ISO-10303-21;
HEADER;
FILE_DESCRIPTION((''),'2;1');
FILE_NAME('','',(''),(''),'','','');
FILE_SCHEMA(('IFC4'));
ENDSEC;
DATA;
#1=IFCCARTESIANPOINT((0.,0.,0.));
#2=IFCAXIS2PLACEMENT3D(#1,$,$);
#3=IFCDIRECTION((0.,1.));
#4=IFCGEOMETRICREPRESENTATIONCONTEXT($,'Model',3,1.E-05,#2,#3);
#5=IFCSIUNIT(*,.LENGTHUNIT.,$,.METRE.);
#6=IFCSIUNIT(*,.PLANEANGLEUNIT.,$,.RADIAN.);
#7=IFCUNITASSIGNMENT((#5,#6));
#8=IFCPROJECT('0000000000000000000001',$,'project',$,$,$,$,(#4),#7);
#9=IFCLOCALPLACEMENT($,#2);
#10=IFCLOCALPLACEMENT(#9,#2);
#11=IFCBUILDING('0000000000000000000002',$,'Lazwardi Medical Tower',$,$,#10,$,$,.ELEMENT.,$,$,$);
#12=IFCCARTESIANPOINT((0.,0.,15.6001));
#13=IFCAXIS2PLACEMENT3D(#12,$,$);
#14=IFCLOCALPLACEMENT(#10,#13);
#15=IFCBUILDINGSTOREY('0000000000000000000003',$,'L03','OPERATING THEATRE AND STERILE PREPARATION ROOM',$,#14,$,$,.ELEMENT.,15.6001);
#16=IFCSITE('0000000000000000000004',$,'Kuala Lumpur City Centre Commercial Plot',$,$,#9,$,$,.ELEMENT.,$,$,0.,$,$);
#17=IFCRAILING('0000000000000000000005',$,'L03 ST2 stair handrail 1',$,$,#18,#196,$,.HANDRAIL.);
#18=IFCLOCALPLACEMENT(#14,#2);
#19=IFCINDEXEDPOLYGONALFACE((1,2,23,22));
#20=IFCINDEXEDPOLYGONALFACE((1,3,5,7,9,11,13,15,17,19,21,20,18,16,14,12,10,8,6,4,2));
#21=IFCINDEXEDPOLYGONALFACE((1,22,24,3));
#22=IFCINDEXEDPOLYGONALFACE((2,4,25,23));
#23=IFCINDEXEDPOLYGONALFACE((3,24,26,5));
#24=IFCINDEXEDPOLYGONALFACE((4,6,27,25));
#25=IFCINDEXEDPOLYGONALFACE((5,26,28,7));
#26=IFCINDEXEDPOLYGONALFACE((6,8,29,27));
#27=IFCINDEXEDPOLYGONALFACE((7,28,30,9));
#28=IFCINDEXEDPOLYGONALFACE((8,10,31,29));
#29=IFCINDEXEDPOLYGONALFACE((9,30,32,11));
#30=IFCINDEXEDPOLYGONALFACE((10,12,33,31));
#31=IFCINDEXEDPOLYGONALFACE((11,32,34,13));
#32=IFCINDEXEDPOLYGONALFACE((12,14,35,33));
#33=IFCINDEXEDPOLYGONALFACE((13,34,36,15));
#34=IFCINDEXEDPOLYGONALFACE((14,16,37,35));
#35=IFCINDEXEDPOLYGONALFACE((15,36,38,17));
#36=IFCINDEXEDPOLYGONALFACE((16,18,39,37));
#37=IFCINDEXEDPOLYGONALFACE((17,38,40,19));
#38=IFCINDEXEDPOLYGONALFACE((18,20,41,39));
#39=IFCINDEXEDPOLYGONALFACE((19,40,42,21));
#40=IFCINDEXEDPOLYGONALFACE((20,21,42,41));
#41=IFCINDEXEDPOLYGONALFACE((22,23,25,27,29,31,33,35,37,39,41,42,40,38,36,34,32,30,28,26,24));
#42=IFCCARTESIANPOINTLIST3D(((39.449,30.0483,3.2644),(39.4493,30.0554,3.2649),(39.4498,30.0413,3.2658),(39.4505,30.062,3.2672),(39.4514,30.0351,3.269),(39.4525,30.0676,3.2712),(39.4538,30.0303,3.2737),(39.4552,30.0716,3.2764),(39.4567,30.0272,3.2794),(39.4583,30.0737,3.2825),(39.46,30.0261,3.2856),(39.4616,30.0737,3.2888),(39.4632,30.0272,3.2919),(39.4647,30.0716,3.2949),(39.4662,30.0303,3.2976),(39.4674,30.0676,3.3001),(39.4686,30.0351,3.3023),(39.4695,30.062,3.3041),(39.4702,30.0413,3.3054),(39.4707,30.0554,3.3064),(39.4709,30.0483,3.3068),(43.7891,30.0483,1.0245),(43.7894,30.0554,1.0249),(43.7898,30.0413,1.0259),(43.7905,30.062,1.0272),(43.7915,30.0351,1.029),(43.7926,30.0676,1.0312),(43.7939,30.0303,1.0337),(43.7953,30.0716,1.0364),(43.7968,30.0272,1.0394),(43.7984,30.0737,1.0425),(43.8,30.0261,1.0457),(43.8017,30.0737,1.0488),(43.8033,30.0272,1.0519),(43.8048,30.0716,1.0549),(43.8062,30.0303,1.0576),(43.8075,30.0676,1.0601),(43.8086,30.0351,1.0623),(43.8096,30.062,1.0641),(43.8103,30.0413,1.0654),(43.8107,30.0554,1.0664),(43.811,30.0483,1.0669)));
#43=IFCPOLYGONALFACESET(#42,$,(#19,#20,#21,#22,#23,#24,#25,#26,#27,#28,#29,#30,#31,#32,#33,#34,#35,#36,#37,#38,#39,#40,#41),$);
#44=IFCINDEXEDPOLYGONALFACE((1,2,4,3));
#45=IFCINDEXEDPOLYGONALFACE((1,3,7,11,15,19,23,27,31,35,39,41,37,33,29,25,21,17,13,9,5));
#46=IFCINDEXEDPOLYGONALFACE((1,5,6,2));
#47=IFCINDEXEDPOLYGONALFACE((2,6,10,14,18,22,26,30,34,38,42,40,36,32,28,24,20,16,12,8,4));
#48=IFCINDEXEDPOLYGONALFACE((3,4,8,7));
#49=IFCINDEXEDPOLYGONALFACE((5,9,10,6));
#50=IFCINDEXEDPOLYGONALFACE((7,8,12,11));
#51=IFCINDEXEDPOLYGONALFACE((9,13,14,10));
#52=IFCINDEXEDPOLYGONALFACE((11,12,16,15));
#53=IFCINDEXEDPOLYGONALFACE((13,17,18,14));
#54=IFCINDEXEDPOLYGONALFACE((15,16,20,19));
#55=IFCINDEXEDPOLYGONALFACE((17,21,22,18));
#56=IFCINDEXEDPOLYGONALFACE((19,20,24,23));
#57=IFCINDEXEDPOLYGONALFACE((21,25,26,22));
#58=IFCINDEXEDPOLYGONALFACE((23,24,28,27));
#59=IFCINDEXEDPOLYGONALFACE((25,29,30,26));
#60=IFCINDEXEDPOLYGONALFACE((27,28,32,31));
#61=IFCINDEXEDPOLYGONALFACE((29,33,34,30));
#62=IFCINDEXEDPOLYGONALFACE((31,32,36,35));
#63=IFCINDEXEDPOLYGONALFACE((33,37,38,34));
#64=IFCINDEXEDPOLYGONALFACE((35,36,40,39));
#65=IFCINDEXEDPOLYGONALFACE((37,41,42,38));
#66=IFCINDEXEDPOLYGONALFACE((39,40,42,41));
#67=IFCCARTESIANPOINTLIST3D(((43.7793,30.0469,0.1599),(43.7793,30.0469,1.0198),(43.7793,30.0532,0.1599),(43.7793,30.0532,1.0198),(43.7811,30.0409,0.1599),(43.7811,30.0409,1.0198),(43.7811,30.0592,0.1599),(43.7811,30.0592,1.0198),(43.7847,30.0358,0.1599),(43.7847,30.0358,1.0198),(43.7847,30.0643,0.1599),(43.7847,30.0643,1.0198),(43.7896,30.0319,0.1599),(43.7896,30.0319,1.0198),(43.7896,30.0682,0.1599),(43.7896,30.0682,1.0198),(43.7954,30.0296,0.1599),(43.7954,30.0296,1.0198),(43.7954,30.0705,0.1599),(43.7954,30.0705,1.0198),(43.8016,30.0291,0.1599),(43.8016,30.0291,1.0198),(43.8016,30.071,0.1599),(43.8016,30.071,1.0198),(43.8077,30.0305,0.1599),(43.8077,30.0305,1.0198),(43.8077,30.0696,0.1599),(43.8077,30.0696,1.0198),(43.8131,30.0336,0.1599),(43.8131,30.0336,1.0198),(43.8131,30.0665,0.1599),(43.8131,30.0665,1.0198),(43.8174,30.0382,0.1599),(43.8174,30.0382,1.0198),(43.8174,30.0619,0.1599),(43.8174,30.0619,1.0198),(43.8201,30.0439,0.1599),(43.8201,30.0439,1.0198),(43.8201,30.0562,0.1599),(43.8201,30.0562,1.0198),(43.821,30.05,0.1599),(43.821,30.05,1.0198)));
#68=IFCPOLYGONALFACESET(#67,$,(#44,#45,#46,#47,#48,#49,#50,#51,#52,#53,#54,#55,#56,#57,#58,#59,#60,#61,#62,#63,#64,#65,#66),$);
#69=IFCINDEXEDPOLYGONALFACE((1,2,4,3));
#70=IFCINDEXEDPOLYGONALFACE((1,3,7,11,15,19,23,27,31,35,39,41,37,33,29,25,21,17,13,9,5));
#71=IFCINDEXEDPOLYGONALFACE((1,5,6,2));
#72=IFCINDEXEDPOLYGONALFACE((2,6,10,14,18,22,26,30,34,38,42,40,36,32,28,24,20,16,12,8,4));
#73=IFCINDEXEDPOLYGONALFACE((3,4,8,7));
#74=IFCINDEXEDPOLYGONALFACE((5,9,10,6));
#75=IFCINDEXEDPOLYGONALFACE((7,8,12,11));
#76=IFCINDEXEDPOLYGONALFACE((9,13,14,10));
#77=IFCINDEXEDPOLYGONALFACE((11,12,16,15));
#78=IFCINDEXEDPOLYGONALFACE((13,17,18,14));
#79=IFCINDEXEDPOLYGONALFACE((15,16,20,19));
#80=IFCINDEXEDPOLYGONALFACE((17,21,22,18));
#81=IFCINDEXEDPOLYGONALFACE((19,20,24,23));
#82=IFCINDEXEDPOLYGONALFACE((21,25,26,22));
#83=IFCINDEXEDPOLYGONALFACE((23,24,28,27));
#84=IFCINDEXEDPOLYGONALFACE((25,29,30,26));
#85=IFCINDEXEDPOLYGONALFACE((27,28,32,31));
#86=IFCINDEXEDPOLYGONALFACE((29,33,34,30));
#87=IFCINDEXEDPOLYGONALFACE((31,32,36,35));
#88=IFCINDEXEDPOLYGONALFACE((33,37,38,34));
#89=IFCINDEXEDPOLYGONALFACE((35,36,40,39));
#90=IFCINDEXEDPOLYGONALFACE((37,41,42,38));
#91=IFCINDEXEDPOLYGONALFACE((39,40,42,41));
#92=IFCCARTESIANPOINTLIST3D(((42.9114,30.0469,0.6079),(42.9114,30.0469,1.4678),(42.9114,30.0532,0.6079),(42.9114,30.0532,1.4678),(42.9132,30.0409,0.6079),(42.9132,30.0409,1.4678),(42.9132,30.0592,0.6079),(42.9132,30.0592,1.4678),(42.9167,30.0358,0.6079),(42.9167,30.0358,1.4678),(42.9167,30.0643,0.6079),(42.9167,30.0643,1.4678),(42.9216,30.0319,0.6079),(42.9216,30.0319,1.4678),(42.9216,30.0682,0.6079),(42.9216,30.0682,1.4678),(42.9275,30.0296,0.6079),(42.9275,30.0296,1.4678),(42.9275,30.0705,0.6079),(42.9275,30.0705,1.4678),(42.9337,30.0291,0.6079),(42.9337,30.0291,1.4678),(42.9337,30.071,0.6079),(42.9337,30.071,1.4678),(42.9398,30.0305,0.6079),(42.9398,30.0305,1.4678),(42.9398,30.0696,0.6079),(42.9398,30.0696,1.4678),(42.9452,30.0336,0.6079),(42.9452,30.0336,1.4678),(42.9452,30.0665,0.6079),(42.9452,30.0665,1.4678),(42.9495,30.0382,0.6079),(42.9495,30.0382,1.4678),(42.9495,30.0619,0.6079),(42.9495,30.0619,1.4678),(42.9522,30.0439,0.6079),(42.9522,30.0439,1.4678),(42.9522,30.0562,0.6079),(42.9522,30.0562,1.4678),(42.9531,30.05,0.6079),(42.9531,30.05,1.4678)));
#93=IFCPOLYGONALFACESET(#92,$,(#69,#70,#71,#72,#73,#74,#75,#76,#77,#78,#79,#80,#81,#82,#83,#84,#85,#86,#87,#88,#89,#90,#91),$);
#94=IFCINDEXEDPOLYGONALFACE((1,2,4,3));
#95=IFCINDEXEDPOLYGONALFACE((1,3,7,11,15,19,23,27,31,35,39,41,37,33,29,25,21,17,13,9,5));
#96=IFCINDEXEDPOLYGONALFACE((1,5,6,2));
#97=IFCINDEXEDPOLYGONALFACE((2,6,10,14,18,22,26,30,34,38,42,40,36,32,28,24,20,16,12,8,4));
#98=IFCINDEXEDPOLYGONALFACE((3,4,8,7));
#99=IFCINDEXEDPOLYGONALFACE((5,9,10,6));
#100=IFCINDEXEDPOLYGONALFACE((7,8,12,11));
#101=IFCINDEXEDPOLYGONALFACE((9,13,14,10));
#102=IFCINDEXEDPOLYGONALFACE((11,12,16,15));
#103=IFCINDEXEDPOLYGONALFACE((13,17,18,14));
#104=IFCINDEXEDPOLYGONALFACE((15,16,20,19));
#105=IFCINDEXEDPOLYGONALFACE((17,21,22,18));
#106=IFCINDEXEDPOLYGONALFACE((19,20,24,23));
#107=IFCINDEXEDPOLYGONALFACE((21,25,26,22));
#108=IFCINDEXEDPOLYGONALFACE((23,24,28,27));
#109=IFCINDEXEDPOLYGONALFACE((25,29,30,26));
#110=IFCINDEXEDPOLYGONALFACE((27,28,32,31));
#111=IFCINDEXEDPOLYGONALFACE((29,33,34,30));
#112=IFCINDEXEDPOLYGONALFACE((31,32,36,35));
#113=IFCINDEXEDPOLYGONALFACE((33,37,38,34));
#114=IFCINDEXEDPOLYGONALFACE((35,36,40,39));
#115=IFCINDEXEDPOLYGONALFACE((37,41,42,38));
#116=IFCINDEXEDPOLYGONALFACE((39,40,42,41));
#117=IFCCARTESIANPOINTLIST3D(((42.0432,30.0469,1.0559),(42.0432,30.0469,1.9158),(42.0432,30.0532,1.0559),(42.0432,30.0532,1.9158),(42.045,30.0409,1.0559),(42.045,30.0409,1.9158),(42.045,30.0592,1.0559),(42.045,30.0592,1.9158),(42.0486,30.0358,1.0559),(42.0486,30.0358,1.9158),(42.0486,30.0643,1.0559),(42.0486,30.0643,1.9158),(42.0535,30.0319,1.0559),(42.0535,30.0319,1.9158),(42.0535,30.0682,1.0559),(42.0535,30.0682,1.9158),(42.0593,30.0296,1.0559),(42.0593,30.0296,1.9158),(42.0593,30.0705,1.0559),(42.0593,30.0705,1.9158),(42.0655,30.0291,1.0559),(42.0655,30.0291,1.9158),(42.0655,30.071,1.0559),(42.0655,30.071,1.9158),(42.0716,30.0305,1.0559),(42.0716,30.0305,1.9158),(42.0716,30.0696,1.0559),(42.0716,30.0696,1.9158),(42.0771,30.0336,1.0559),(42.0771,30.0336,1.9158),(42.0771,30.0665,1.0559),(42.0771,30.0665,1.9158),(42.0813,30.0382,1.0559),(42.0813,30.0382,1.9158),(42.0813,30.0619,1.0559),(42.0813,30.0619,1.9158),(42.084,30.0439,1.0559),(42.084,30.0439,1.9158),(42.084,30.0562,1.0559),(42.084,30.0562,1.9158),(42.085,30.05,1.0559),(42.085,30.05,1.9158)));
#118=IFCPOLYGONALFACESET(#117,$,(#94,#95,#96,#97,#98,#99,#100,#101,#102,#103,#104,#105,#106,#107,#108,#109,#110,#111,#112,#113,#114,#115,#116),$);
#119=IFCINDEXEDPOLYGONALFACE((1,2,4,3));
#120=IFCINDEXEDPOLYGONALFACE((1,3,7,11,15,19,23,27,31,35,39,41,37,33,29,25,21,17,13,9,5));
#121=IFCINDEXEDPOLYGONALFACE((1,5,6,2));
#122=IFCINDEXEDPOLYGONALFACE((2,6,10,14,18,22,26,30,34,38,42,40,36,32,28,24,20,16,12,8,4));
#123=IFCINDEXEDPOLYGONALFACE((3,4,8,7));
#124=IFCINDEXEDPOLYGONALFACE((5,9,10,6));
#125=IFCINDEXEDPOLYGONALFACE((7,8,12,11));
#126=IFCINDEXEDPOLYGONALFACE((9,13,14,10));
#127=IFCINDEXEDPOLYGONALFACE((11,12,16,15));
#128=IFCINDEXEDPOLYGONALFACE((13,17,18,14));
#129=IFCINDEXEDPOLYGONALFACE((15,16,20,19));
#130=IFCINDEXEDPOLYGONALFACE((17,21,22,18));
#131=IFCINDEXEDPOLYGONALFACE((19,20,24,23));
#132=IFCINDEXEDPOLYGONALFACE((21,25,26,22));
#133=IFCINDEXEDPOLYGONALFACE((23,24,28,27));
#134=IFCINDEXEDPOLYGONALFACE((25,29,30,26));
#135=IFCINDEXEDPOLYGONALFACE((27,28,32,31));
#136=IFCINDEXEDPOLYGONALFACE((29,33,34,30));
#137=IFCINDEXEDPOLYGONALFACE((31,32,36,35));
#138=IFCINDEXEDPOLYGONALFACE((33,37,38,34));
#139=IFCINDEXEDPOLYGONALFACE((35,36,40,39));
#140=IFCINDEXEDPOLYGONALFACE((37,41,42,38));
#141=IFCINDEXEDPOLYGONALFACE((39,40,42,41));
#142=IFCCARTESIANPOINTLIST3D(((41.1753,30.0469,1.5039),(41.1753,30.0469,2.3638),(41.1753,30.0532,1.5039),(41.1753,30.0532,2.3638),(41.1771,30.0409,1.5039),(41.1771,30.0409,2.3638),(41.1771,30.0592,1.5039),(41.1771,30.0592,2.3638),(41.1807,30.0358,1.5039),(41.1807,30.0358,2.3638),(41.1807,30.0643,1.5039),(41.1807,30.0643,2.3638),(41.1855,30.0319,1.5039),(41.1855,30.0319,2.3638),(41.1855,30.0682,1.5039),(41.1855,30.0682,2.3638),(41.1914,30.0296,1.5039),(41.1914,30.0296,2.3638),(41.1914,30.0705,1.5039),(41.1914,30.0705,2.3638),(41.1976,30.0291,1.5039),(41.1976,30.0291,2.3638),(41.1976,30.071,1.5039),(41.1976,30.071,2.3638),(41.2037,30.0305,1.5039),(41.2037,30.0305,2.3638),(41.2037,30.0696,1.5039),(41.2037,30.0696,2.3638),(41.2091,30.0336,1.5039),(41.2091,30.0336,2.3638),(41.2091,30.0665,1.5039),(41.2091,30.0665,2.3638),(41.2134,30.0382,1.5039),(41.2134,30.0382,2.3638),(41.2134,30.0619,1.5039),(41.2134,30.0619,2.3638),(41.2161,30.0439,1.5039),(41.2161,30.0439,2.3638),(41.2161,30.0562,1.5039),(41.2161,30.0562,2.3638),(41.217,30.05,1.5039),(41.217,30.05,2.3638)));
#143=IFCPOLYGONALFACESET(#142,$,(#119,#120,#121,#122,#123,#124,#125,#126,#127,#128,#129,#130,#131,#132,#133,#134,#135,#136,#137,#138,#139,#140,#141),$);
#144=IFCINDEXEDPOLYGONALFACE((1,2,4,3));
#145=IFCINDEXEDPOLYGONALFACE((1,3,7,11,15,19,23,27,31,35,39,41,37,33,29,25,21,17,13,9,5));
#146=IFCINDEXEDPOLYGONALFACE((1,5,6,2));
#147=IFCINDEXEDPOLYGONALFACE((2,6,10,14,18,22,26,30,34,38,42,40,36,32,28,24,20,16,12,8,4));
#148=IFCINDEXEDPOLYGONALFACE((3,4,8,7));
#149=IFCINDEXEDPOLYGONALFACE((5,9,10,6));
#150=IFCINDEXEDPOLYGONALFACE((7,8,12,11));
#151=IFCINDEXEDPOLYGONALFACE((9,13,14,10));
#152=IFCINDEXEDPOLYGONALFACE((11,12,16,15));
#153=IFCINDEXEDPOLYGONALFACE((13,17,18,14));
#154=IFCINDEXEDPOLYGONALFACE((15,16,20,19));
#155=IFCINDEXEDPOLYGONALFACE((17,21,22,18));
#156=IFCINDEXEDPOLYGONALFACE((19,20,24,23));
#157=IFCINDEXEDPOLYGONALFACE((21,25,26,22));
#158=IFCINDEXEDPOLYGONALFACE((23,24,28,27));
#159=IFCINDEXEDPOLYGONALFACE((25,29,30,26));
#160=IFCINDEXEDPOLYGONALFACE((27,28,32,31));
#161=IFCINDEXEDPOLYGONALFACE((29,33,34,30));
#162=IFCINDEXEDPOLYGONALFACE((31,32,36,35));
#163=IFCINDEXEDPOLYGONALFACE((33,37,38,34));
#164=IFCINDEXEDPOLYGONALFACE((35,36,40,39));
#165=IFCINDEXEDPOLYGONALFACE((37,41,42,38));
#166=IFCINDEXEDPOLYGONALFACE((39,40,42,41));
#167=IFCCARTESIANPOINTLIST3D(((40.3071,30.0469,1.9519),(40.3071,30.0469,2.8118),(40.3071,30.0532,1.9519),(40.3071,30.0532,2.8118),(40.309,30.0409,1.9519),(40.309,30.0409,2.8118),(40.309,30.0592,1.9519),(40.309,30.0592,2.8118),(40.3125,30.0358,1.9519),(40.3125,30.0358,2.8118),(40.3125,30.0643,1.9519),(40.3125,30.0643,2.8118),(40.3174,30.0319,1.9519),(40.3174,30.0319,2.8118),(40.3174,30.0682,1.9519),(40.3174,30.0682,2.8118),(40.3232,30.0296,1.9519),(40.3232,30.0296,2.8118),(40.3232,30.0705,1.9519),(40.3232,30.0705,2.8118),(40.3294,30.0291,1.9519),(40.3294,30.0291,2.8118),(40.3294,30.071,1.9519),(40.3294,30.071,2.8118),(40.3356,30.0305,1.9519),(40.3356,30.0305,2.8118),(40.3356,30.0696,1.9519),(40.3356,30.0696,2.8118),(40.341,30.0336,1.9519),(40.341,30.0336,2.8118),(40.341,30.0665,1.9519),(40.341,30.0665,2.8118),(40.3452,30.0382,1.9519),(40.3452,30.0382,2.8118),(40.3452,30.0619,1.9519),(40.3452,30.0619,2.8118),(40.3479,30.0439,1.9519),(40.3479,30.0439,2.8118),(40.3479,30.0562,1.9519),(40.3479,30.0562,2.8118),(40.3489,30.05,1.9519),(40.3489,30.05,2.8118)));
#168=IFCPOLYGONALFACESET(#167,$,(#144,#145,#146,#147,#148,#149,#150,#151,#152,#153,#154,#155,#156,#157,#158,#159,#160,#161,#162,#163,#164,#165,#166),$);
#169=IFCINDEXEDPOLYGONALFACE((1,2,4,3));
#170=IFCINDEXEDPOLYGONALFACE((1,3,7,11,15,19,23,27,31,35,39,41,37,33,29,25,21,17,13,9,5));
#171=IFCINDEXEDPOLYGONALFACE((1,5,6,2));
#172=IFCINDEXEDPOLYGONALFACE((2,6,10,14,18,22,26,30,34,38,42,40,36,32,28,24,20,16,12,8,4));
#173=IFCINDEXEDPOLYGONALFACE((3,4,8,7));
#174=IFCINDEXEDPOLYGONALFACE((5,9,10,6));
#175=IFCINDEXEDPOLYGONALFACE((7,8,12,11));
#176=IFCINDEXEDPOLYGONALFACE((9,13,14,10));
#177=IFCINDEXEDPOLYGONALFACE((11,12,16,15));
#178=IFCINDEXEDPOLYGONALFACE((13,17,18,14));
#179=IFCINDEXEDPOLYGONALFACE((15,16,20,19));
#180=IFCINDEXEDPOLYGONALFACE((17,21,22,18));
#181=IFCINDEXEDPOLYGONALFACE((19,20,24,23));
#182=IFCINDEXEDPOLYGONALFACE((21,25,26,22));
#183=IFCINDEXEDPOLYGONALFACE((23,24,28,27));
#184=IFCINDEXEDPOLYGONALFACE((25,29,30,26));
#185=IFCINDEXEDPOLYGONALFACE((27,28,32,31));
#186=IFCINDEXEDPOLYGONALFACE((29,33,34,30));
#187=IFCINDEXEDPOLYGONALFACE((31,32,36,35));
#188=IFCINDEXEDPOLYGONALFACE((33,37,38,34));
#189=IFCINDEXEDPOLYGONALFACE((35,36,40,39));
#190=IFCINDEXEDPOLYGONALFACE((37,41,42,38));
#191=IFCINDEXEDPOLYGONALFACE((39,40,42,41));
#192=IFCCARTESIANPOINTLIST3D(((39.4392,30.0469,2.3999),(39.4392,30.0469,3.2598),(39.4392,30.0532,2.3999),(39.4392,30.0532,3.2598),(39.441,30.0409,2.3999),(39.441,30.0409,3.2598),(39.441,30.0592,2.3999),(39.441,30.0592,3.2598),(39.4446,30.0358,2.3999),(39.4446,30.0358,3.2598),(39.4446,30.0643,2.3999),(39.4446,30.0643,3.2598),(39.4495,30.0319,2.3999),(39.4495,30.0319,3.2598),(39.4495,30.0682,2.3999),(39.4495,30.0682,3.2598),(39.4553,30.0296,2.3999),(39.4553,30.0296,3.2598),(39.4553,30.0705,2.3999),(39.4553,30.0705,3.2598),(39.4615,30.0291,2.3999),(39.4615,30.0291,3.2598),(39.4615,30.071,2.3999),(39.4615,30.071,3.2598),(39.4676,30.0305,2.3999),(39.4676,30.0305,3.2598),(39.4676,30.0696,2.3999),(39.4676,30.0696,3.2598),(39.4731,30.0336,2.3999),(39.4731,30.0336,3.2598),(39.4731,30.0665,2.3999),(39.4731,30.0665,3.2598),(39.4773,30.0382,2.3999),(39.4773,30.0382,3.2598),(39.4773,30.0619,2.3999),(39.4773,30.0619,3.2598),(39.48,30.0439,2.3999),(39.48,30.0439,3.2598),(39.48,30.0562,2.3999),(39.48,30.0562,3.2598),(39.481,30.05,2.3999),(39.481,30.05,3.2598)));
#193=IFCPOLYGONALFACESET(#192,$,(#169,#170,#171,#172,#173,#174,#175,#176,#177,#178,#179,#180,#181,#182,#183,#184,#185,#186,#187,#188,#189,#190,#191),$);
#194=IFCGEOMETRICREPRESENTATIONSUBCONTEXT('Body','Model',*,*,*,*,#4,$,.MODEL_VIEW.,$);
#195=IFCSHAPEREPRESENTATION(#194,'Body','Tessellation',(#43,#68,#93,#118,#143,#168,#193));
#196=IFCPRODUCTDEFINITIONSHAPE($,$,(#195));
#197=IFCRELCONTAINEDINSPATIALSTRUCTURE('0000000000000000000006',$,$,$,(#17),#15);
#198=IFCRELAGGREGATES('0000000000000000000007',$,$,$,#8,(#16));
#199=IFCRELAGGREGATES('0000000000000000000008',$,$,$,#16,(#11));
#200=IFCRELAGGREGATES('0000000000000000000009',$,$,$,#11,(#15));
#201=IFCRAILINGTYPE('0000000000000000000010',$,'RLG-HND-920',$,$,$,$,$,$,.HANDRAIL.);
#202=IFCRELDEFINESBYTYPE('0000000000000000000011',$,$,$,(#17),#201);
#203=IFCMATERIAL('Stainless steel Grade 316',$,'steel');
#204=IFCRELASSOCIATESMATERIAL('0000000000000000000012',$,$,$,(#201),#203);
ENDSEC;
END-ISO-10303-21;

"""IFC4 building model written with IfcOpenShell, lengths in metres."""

from ifc_helpers import new_model, si_unit, direction, frame, origin, origin_2d, place, context, subcontext, project, spatial, circle, extrude, material, type_object, element, save


model = new_model("IFC4")

# Units and contexts
model_context = context("Model", 3, precision=1e-05, world=origin(), true_north=direction((0.0, 1.0)))
body_context = subcontext(model_context, "Body", "Model", "MODEL_VIEW")
ifc_project = project(units=[si_unit("LENGTHUNIT", "METRE"), si_unit("PLANEANGLEUNIT", "RADIAN")], contexts=[model_context])

# Site, building, storey
site_placement = place(None, origin())
site = spatial("IfcSite", under=ifc_project, at=site_placement, Name="Kuala Lumpur City Centre Commercial Plot", CompositionType="ELEMENT", RefElevation=0.0)
building_placement = place(site_placement, origin())
building = spatial("IfcBuilding", under=site, at=building_placement, Name="Lazwardi Medical Tower", CompositionType="ELEMENT")
storey_placement = place(building_placement, frame((0.0, 0.0, 15.6001)))
storey = spatial("IfcBuildingStorey", under=building, at=storey_placement, Name="L03", Description="OPERATING THEATRE AND STERILE PREPARATION ROOM", CompositionType="ELEMENT", Elevation=15.6001)

# Railing
ifc_material_1 = material(Name="Stainless steel Grade 316", Category="steel")
railing_type_1 = type_object("IfcRailingType", Name="RLG-HND-920", PredefinedType="HANDRAIL", material=ifc_material_1)
railing_1_placement = place(storey_placement, frame((43.8, 30.05, 0.1599)))
element("IfcRailing", 1, at=railing_1_placement, inside=storey, type_object=railing_type_1, Name="L03 ST2 stair handrail 1", PredefinedType="HANDRAIL", context=body_context, shape_type="SweptSolid", body=[
    extrude(circle(Radius=0.0239, at=origin_2d()), frame((0.0, 0.0, 0.8857), z_axis=(-0.888625, 0.0, 0.458634), x_axis=(0.0, -1.0, 0.0)), (0.0, 0.0, 1.0), 4.884),
    extrude(circle(Radius=0.021, at=origin_2d()), origin(), (0.0, 0.0, 1.0), 0.8599),
    extrude(circle(Radius=0.021, at=origin_2d()), frame((-0.8679, 0.0, 0.448)), (0.0, 0.0, 1.0), 0.8599),
    extrude(circle(Radius=0.021, at=origin_2d()), frame((-1.7361, 0.0, 0.896)), (0.0, 0.0, 1.0), 0.8599),
    extrude(circle(Radius=0.021, at=origin_2d()), frame((-2.604, 0.0, 1.344)), (0.0, 0.0, 1.0), 0.8599),
    extrude(circle(Radius=0.021, at=origin_2d()), frame((-3.4722, 0.0, 1.792)), (0.0, 0.0, 1.0), 0.8599),
    extrude(circle(Radius=0.021, at=origin_2d()), frame((-4.3401, 0.0, 2.24)), (0.0, 0.0, 1.0), 0.8599),
])

save(model, "model.ifc")
